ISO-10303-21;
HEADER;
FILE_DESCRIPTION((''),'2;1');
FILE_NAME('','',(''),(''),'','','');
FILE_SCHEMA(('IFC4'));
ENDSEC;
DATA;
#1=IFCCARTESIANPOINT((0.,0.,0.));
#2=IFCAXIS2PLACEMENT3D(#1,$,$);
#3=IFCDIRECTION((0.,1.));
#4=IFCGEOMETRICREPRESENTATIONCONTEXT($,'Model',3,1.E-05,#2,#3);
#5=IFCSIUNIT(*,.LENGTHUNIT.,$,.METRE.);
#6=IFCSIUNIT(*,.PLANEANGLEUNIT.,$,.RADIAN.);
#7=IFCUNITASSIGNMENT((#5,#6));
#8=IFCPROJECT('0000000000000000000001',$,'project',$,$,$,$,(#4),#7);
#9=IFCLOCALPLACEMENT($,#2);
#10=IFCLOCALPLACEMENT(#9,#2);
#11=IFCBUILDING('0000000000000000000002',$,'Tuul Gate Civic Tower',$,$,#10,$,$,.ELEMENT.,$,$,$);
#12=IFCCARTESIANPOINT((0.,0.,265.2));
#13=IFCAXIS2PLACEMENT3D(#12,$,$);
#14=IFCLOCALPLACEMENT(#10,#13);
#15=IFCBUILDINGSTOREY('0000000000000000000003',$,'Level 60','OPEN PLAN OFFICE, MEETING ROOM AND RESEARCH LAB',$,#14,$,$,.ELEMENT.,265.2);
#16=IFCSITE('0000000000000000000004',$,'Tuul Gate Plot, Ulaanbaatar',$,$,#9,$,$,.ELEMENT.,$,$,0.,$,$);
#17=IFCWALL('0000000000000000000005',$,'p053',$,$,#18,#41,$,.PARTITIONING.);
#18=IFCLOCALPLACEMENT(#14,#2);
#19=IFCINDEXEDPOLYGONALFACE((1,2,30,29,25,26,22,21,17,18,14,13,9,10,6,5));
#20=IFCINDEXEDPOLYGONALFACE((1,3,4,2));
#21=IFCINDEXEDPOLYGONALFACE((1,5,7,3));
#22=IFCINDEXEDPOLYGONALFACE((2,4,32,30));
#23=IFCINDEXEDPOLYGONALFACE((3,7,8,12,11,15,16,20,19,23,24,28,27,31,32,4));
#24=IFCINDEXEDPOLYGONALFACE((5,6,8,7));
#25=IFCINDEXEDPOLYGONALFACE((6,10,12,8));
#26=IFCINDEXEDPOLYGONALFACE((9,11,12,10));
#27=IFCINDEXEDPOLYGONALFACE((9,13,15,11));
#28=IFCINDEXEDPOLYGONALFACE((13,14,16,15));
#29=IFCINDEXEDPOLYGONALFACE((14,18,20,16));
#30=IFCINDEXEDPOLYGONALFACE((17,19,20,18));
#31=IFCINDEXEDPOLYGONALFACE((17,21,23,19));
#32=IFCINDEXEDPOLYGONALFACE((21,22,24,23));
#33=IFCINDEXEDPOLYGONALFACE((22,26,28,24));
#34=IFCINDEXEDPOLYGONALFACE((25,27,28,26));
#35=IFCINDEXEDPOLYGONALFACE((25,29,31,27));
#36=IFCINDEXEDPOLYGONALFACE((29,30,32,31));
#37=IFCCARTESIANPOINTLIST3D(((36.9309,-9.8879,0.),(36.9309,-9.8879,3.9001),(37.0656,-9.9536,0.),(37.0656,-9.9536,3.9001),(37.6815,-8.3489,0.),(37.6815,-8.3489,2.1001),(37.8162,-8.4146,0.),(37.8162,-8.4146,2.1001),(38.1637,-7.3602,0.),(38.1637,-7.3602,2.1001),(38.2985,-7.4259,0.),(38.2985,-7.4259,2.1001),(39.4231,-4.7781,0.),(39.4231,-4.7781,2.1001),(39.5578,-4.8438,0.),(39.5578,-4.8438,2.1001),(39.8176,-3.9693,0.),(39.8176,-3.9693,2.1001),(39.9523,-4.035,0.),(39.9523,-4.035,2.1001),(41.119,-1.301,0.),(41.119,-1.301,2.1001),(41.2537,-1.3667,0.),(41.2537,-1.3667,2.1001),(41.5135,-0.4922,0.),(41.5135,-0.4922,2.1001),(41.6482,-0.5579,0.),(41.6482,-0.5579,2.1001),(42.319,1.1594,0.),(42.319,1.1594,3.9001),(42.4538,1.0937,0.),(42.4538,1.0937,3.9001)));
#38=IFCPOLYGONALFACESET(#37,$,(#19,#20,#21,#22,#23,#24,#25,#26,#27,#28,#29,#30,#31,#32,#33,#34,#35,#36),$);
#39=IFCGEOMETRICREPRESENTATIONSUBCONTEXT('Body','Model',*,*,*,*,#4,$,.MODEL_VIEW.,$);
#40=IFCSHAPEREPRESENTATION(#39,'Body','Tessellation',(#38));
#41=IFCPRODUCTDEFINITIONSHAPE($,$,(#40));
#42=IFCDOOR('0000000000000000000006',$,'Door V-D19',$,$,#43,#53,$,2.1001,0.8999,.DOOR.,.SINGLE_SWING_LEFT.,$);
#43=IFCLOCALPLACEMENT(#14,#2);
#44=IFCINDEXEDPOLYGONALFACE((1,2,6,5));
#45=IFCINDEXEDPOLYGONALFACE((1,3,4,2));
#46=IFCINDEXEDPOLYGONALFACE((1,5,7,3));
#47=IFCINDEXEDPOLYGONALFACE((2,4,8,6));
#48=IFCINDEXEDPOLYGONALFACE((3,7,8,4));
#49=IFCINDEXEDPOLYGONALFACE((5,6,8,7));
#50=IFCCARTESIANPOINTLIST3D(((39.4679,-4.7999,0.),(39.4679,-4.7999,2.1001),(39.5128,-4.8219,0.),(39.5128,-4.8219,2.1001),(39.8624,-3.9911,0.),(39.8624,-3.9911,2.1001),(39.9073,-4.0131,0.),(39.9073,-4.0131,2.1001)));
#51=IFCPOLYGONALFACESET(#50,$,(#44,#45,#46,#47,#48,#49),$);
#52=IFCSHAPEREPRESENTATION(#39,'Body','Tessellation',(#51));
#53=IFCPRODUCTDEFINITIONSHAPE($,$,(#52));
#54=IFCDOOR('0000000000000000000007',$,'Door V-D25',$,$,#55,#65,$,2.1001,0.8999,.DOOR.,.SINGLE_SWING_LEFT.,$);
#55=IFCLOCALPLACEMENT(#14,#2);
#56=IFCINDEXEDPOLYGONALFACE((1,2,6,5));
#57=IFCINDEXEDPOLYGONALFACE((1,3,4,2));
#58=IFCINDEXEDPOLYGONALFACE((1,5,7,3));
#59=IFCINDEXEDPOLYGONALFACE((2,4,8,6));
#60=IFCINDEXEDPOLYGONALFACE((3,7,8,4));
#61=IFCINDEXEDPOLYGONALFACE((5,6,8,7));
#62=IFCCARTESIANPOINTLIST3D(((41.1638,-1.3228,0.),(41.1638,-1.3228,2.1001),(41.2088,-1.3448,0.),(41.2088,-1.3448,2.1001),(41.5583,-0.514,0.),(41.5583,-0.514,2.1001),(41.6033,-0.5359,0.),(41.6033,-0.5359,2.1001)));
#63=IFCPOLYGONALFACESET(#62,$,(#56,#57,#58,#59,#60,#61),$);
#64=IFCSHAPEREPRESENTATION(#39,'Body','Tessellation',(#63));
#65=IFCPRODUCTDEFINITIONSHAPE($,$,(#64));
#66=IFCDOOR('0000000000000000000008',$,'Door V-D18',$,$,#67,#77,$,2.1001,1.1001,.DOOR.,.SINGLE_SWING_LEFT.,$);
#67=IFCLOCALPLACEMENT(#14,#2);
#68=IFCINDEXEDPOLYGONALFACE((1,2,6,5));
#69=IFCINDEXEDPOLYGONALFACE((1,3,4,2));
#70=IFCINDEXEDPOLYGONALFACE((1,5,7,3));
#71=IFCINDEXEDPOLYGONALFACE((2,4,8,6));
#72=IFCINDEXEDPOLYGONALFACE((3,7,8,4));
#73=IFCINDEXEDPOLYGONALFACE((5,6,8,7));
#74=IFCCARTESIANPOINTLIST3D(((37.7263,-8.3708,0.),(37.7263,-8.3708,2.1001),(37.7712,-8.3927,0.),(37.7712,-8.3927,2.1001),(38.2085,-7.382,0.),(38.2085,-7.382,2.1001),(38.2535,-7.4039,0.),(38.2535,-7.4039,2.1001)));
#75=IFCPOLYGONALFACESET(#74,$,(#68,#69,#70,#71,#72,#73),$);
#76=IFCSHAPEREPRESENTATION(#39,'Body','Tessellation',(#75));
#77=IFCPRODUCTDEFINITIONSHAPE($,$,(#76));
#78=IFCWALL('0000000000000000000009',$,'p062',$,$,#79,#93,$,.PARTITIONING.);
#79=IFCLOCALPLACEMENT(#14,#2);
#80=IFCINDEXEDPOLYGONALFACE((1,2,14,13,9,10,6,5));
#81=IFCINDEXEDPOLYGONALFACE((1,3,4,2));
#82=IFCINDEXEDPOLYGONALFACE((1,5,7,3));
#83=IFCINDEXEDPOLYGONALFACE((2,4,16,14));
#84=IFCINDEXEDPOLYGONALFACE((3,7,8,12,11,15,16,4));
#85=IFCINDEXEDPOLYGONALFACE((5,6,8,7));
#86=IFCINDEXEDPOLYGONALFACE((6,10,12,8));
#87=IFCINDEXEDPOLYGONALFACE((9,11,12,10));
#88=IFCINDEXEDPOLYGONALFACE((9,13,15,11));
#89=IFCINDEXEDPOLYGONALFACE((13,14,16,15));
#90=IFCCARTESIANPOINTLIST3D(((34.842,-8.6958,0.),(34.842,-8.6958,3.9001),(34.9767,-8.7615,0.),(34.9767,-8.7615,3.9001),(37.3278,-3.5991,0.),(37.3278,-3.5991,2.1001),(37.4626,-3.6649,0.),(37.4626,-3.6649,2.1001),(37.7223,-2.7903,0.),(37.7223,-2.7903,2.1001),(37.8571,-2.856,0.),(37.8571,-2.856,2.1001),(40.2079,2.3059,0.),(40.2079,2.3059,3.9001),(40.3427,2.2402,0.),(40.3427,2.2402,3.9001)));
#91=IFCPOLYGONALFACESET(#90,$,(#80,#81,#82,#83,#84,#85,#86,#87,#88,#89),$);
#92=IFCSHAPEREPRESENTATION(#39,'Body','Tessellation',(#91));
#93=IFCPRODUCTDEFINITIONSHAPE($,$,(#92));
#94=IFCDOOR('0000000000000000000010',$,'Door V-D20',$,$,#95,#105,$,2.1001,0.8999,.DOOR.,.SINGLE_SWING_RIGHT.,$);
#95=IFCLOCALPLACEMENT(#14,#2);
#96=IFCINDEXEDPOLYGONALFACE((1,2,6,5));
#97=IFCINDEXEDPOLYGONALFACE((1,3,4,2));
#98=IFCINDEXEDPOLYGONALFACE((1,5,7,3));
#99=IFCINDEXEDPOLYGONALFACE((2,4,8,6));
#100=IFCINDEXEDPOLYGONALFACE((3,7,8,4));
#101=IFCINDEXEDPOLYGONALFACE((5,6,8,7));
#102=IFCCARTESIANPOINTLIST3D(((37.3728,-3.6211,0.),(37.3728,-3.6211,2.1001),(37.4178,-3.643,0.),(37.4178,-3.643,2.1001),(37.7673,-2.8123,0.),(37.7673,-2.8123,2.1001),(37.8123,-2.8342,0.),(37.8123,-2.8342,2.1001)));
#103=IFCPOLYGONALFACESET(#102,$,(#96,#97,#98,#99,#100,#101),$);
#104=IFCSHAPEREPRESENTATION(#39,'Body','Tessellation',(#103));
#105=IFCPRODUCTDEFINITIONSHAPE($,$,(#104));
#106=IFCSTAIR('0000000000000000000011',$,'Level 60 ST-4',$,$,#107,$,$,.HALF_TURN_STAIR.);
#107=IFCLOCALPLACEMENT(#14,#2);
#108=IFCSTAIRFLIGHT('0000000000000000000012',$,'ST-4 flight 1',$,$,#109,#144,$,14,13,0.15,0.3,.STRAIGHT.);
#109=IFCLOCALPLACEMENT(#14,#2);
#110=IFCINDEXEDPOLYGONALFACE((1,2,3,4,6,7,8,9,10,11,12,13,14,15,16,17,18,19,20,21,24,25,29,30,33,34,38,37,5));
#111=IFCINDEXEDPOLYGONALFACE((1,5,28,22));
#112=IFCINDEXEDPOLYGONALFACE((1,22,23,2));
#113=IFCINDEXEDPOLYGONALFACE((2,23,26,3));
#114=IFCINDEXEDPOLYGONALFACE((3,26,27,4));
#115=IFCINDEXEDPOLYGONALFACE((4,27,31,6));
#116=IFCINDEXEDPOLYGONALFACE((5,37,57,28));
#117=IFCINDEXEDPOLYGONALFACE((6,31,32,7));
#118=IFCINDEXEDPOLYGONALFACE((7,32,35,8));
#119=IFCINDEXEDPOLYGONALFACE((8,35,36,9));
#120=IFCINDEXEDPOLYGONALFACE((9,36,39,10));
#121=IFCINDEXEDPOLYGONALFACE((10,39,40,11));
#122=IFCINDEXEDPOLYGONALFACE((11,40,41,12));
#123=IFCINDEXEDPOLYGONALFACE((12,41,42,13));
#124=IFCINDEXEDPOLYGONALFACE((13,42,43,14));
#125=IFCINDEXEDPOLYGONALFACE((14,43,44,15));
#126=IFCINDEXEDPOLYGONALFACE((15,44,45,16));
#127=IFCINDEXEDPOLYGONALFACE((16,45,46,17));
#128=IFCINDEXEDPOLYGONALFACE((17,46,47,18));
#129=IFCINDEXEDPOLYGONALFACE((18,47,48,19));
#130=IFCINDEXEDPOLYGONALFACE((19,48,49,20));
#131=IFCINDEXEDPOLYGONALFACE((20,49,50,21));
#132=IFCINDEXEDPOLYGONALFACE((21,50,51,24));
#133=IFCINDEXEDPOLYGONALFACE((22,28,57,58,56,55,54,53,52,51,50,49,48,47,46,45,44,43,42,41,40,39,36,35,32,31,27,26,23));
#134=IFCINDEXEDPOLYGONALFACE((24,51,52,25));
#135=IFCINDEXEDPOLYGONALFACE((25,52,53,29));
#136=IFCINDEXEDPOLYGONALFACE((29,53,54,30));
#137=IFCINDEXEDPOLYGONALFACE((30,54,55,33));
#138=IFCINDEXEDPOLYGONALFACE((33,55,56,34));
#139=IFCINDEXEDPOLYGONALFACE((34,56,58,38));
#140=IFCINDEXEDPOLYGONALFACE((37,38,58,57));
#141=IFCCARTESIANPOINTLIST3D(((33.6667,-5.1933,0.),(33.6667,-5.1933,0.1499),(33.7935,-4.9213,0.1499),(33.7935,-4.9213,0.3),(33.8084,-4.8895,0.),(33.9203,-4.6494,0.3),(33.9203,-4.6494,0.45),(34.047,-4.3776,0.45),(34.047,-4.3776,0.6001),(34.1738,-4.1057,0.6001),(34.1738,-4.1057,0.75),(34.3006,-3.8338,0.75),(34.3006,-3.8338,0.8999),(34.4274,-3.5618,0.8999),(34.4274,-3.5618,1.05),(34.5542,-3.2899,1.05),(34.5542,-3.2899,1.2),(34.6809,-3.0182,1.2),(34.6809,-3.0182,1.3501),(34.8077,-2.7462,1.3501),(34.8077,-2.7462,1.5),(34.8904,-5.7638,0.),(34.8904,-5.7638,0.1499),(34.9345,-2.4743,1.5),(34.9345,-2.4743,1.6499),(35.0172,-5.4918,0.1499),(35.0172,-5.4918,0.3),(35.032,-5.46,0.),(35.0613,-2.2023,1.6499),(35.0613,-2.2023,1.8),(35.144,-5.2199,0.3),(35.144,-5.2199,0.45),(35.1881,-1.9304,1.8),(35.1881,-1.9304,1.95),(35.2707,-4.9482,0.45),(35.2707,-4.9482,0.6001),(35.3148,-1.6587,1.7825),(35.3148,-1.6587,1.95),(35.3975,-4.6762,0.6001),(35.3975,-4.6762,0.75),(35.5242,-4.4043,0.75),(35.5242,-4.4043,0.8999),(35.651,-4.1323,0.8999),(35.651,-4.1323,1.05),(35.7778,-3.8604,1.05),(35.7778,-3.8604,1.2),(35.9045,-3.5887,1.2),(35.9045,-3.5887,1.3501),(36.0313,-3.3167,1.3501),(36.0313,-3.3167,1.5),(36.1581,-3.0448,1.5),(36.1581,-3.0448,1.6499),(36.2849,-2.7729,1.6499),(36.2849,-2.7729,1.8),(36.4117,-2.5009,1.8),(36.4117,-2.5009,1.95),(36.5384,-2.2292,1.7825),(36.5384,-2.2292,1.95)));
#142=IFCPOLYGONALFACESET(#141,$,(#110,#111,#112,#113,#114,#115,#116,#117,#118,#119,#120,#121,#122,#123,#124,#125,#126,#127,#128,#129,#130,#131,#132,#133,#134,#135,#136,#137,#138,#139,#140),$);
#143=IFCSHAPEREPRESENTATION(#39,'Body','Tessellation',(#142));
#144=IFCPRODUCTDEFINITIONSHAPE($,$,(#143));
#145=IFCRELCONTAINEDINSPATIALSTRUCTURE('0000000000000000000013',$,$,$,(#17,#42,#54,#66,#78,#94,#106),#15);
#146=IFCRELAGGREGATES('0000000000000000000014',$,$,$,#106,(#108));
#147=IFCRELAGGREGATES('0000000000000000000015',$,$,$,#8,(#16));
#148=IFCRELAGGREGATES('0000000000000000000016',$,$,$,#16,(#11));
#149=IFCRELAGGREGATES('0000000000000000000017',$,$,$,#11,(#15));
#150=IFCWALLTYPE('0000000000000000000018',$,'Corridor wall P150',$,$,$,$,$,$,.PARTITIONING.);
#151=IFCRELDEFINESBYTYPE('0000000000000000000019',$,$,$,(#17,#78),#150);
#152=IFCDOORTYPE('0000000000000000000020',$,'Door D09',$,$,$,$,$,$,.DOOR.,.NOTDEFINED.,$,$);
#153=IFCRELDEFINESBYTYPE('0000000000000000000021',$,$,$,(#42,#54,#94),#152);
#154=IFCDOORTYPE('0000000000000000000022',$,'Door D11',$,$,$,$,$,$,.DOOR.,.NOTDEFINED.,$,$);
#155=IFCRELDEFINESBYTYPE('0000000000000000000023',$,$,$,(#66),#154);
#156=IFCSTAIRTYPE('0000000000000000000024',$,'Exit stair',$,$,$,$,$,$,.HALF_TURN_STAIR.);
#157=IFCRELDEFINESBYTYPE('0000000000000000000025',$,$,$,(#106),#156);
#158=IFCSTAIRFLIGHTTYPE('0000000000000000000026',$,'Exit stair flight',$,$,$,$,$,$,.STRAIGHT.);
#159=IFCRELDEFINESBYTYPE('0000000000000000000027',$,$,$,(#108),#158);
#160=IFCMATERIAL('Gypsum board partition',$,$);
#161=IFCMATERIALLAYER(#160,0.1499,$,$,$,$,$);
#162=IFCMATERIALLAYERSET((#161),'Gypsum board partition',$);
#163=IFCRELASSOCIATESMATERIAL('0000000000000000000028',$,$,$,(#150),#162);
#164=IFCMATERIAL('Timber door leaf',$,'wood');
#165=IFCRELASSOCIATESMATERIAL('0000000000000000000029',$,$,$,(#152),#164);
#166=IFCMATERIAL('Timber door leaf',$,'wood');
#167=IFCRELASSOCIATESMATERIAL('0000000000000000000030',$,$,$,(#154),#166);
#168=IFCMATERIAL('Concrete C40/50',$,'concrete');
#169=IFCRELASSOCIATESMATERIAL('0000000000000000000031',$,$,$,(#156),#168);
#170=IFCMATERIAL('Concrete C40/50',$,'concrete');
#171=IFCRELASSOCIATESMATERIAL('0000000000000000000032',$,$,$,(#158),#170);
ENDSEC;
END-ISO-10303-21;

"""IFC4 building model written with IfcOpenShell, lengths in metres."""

from ifc_helpers import new_model, si_unit, direction, frame, frame_2d, origin, place, context, subcontext, project, spatial, polyline, rectangle, outline, extrude, material, layer, layer_set, type_object, element, fill, aggregate, save


model = new_model("IFC4")

# Units and contexts
model_context = context("Model", 3, precision=1e-05, world=origin(), true_north=direction((0.0, 1.0)))
body_context = subcontext(model_context, "Body", "Model", "MODEL_VIEW")
ifc_project = project(units=[si_unit("LENGTHUNIT", "METRE"), si_unit("PLANEANGLEUNIT", "RADIAN")], contexts=[model_context])

# Site, building, storey
site_placement = place(None, origin())
site = spatial("IfcSite", under=ifc_project, at=site_placement, Name="Tuul Gate Plot, Ulaanbaatar", CompositionType="ELEMENT", RefElevation=0.0)
building_placement = place(site_placement, origin())
building = spatial("IfcBuilding", under=site, at=building_placement, Name="Tuul Gate Civic Tower", CompositionType="ELEMENT")
storey_placement = place(building_placement, frame((0.0, 0.0, 265.2)))
storey = spatial("IfcBuildingStorey", under=building, at=storey_placement, Name="Level 60", Description="OPEN PLAN OFFICE, MEETING ROOM AND RESEARCH LAB", CompositionType="ELEMENT", Elevation=265.2)

# Shared definitions
ifc_material_1 = material(Name="Gypsum board partition")
ifc_layer_1 = layer(ifc_material_1, 0.1499)
ifc_layer_set_1 = layer_set([ifc_layer_1], Name="Gypsum board partition")
wall_type_1 = type_object("IfcWallType", Name="Corridor wall P150", PredefinedType="PARTITIONING", material=ifc_layer_set_1)

# Wall, openings, doors
wall_1_placement = place(storey_placement, frame((36.9983, -9.9207, 0.0), z_axis=(0.0, 0.0, 1.0), x_axis=(0.438373, 0.898793, 0.0)))
wall_1 = element("IfcWall", 1, at=wall_1_placement, inside=storey, type_object=wall_type_1, Name="p053", PredefinedType="PARTITIONING", context=body_context, shape_type="SweptSolid", body=[
    extrude(rectangle(XDim=12.2913, YDim=0.1499, at=frame_2d((6.1455, 0.0))), origin(), (0.0, 0.0, 1.0), 3.9001),
])
opening_1_placement = place(wall_1_placement, frame((1.7122, 0.0, 0.0)))
opening_1 = element("IfcOpeningElement", 2, at=opening_1_placement, cuts=wall_1, PredefinedType="OPENING", context=body_context, shape_type="SweptSolid", body=[
    extrude(rectangle(XDim=1.1001, YDim=2.1001, at=frame_2d((0.55, 1.05))), frame((0.0, 0.085, 0.0), z_axis=(0.0, -1.0, 0.0), x_axis=(1.0, 0.0, 0.0)), (0.0, 0.0, 1.0), 0.1699),
])
opening_2_placement = place(wall_1_placement, frame((5.6851, 0.0, 0.0)))
opening_2 = element("IfcOpeningElement", 3, at=opening_2_placement, cuts=wall_1, PredefinedType="OPENING", context=body_context, shape_type="SweptSolid", body=[
    extrude(rectangle(XDim=0.8999, YDim=2.1001, at=frame_2d((0.45, 1.05))), frame((0.0, 0.085, 0.0), z_axis=(0.0, -1.0, 0.0), x_axis=(1.0, 0.0, 0.0)), (0.0, 0.0, 1.0), 0.1699),
])
opening_3_placement = place(wall_1_placement, frame((9.5537, 0.0, 0.0)))
opening_3 = element("IfcOpeningElement", 4, at=opening_3_placement, cuts=wall_1, PredefinedType="OPENING", context=body_context, shape_type="SweptSolid", body=[
    extrude(rectangle(XDim=0.8999, YDim=2.1001, at=frame_2d((0.45, 1.05))), frame((0.0, 0.085, 0.0), z_axis=(0.0, -1.0, 0.0), x_axis=(1.0, 0.0, 0.0)), (0.0, 0.0, 1.0), 0.1699),
])
ifc_material_2 = material(Name="Timber door leaf", Category="wood")
door_type_1 = type_object("IfcDoorType", Name="Door D09", OperationType="NOTDEFINED", PredefinedType="DOOR", material=ifc_material_2)
door_1_placement = place(opening_2_placement, frame((0.8999, 0.0, 0.0), z_axis=(0.0, 0.0, 1.0), x_axis=(-1.0, 0.0, 0.0)))
door_1 = element("IfcDoor", 5, at=door_1_placement, inside=storey, type_object=door_type_1, Name="Door V-D19", OperationType="SINGLE_SWING_LEFT", OverallHeight=2.1001, OverallWidth=0.8999, PredefinedType="DOOR", context=body_context, shape_type="SweptSolid", body=[
    extrude(rectangle(XDim=0.8999, YDim=2.1001, at=frame_2d((0.45, 1.05))), frame((0.0, 0.0249, 0.0), z_axis=(0.0, -1.0, 0.0), x_axis=(1.0, 0.0, 0.0)), (0.0, 0.0, 1.0), 0.05),
])
fill(opening_2, door_1)
door_2_placement = place(opening_3_placement, frame((0.8999, 0.0, 0.0), z_axis=(0.0, 0.0, 1.0), x_axis=(-1.0, 0.0, 0.0)))
door_2 = element("IfcDoor", 6, at=door_2_placement, inside=storey, type_object=door_type_1, Name="Door V-D25", OperationType="SINGLE_SWING_LEFT", OverallHeight=2.1001, OverallWidth=0.8999, PredefinedType="DOOR", context=body_context, shape_type="SweptSolid", body=[
    extrude(rectangle(XDim=0.8999, YDim=2.1001, at=frame_2d((0.45, 1.05))), frame((0.0, 0.0249, 0.0), z_axis=(0.0, -1.0, 0.0), x_axis=(1.0, 0.0, 0.0)), (0.0, 0.0, 1.0), 0.05),
])
fill(opening_3, door_2)
ifc_material_3 = material(Name="Timber door leaf", Category="wood")
door_type_2 = type_object("IfcDoorType", Name="Door D11", OperationType="NOTDEFINED", PredefinedType="DOOR", material=ifc_material_3)
door_3_placement = place(opening_1_placement, frame((1.1001, 0.0, 0.0), z_axis=(0.0, 0.0, 1.0), x_axis=(-1.0, 0.0, 0.0)))
door_3 = element("IfcDoor", 7, at=door_3_placement, inside=storey, type_object=door_type_2, Name="Door V-D18", OperationType="SINGLE_SWING_LEFT", OverallHeight=2.1001, OverallWidth=1.1001, PredefinedType="DOOR", context=body_context, shape_type="SweptSolid", body=[
    extrude(rectangle(XDim=1.1001, YDim=2.1001, at=frame_2d((0.55, 1.05))), frame((0.0, 0.0249, 0.0), z_axis=(0.0, -1.0, 0.0), x_axis=(1.0, 0.0, 0.0)), (0.0, 0.0, 1.0), 0.05),
])
fill(opening_1, door_3)

# Wall, opening, door
wall_2_placement = place(storey_placement, frame((34.9094, -8.7285, 0.0), z_axis=(0.0, 0.0, 1.0), x_axis=(0.438376, 0.898792, 0.0)))
wall_2 = element("IfcWall", 8, at=wall_2_placement, inside=storey, type_object=wall_type_1, Name="p062", PredefinedType="PARTITIONING", context=body_context, shape_type="SweptSolid", body=[
    extrude(rectangle(XDim=12.2405, YDim=0.1499, at=frame_2d((6.1201, 0.0))), origin(), (0.0, 0.0, 1.0), 3.9001),
])
opening_4_placement = place(wall_2_placement, frame((5.6704, 0.0, 0.0)))
opening_4 = element("IfcOpeningElement", 9, at=opening_4_placement, cuts=wall_2, PredefinedType="OPENING", context=body_context, shape_type="SweptSolid", body=[
    extrude(rectangle(XDim=0.8999, YDim=2.1001, at=frame_2d((0.45, 1.05))), frame((0.0, 0.085, 0.0), z_axis=(0.0, -1.0, 0.0), x_axis=(1.0, 0.0, 0.0)), (0.0, 0.0, 1.0), 0.1699),
])
door_4_placement = place(opening_4_placement, origin())
door_4 = element("IfcDoor", 10, at=door_4_placement, inside=storey, type_object=door_type_1, Name="Door V-D20", OperationType="SINGLE_SWING_RIGHT", OverallHeight=2.1001, OverallWidth=0.8999, PredefinedType="DOOR", context=body_context, shape_type="SweptSolid", body=[
    extrude(rectangle(XDim=0.8999, YDim=2.1001, at=frame_2d((0.45, 1.05))), frame((0.0, 0.0249, 0.0), z_axis=(0.0, -1.0, 0.0), x_axis=(1.0, 0.0, 0.0)), (0.0, 0.0, 1.0), 0.05),
])
fill(opening_4, door_4)

# Stair, stair flight
ifc_material_4 = material(Name="Concrete C40/50", Category="concrete")
stair_type = type_object("IfcStairType", Name="Exit stair", PredefinedType="HALF_TURN_STAIR", material=ifc_material_4)
stair_placement = place(storey_placement, origin())
stair = element("IfcStair", 11, at=stair_placement, inside=storey, type_object=stair_type, Name="Level 60 ST-4", PredefinedType="HALF_TURN_STAIR")
ifc_material_5 = material(Name="Concrete C40/50", Category="concrete")
stair_flight_type = type_object("IfcStairFlightType", Name="Exit stair flight", PredefinedType="STRAIGHT", material=ifc_material_5)
stair_flight_placement = place(storey_placement, frame((34.2786, -5.4785, 0.0), z_axis=(0.0, 0.0, 1.0), x_axis=(0.422576, 0.906327, 0.0)))
stair_flight = element("IfcStairFlight", 12, at=stair_flight_placement, type_object=stair_flight_type, Name="ST-4 flight 1", NumberOfRisers=14, NumberOfTreads=13, PredefinedType="STRAIGHT", RiserHeight=0.15, TreadLength=0.3, context=body_context, shape_type="SweptSolid", body=[
    extrude(outline(polyline([(0.0, 0.0), (0.0, 0.1499), (0.3, 0.1499), (0.3, 0.3), (0.6001, 0.3), (0.6001, 0.45), (0.8999, 0.45), (0.8999, 0.6001), (1.2, 0.6001), (1.2, 0.75), (1.5, 0.75), (1.5, 0.8999), (1.8, 0.8999), (1.8, 1.05), (2.1001, 1.05), (2.1001, 1.2), (2.3999, 1.2), (2.3999, 1.3501), (2.7, 1.3501), (2.7, 1.5), (3.0, 1.5), (3.0, 1.6499), (3.3, 1.6499), (3.3, 1.8), (3.6001, 1.8), (3.6001, 1.95), (3.8999, 1.95), (3.8999, 2.1001), (3.8999, 1.7825), (0.3352, 0.0), (0.0, 0.0)])), frame((0.0, 0.675, 0.0), z_axis=(0.0, -1.0, 0.0), x_axis=(1.0, 0.0, 0.0)), (0.0, 0.0, 1.0), 1.3501),
])
aggregate(stair, [stair_flight])

save(model, "model.ifc")
